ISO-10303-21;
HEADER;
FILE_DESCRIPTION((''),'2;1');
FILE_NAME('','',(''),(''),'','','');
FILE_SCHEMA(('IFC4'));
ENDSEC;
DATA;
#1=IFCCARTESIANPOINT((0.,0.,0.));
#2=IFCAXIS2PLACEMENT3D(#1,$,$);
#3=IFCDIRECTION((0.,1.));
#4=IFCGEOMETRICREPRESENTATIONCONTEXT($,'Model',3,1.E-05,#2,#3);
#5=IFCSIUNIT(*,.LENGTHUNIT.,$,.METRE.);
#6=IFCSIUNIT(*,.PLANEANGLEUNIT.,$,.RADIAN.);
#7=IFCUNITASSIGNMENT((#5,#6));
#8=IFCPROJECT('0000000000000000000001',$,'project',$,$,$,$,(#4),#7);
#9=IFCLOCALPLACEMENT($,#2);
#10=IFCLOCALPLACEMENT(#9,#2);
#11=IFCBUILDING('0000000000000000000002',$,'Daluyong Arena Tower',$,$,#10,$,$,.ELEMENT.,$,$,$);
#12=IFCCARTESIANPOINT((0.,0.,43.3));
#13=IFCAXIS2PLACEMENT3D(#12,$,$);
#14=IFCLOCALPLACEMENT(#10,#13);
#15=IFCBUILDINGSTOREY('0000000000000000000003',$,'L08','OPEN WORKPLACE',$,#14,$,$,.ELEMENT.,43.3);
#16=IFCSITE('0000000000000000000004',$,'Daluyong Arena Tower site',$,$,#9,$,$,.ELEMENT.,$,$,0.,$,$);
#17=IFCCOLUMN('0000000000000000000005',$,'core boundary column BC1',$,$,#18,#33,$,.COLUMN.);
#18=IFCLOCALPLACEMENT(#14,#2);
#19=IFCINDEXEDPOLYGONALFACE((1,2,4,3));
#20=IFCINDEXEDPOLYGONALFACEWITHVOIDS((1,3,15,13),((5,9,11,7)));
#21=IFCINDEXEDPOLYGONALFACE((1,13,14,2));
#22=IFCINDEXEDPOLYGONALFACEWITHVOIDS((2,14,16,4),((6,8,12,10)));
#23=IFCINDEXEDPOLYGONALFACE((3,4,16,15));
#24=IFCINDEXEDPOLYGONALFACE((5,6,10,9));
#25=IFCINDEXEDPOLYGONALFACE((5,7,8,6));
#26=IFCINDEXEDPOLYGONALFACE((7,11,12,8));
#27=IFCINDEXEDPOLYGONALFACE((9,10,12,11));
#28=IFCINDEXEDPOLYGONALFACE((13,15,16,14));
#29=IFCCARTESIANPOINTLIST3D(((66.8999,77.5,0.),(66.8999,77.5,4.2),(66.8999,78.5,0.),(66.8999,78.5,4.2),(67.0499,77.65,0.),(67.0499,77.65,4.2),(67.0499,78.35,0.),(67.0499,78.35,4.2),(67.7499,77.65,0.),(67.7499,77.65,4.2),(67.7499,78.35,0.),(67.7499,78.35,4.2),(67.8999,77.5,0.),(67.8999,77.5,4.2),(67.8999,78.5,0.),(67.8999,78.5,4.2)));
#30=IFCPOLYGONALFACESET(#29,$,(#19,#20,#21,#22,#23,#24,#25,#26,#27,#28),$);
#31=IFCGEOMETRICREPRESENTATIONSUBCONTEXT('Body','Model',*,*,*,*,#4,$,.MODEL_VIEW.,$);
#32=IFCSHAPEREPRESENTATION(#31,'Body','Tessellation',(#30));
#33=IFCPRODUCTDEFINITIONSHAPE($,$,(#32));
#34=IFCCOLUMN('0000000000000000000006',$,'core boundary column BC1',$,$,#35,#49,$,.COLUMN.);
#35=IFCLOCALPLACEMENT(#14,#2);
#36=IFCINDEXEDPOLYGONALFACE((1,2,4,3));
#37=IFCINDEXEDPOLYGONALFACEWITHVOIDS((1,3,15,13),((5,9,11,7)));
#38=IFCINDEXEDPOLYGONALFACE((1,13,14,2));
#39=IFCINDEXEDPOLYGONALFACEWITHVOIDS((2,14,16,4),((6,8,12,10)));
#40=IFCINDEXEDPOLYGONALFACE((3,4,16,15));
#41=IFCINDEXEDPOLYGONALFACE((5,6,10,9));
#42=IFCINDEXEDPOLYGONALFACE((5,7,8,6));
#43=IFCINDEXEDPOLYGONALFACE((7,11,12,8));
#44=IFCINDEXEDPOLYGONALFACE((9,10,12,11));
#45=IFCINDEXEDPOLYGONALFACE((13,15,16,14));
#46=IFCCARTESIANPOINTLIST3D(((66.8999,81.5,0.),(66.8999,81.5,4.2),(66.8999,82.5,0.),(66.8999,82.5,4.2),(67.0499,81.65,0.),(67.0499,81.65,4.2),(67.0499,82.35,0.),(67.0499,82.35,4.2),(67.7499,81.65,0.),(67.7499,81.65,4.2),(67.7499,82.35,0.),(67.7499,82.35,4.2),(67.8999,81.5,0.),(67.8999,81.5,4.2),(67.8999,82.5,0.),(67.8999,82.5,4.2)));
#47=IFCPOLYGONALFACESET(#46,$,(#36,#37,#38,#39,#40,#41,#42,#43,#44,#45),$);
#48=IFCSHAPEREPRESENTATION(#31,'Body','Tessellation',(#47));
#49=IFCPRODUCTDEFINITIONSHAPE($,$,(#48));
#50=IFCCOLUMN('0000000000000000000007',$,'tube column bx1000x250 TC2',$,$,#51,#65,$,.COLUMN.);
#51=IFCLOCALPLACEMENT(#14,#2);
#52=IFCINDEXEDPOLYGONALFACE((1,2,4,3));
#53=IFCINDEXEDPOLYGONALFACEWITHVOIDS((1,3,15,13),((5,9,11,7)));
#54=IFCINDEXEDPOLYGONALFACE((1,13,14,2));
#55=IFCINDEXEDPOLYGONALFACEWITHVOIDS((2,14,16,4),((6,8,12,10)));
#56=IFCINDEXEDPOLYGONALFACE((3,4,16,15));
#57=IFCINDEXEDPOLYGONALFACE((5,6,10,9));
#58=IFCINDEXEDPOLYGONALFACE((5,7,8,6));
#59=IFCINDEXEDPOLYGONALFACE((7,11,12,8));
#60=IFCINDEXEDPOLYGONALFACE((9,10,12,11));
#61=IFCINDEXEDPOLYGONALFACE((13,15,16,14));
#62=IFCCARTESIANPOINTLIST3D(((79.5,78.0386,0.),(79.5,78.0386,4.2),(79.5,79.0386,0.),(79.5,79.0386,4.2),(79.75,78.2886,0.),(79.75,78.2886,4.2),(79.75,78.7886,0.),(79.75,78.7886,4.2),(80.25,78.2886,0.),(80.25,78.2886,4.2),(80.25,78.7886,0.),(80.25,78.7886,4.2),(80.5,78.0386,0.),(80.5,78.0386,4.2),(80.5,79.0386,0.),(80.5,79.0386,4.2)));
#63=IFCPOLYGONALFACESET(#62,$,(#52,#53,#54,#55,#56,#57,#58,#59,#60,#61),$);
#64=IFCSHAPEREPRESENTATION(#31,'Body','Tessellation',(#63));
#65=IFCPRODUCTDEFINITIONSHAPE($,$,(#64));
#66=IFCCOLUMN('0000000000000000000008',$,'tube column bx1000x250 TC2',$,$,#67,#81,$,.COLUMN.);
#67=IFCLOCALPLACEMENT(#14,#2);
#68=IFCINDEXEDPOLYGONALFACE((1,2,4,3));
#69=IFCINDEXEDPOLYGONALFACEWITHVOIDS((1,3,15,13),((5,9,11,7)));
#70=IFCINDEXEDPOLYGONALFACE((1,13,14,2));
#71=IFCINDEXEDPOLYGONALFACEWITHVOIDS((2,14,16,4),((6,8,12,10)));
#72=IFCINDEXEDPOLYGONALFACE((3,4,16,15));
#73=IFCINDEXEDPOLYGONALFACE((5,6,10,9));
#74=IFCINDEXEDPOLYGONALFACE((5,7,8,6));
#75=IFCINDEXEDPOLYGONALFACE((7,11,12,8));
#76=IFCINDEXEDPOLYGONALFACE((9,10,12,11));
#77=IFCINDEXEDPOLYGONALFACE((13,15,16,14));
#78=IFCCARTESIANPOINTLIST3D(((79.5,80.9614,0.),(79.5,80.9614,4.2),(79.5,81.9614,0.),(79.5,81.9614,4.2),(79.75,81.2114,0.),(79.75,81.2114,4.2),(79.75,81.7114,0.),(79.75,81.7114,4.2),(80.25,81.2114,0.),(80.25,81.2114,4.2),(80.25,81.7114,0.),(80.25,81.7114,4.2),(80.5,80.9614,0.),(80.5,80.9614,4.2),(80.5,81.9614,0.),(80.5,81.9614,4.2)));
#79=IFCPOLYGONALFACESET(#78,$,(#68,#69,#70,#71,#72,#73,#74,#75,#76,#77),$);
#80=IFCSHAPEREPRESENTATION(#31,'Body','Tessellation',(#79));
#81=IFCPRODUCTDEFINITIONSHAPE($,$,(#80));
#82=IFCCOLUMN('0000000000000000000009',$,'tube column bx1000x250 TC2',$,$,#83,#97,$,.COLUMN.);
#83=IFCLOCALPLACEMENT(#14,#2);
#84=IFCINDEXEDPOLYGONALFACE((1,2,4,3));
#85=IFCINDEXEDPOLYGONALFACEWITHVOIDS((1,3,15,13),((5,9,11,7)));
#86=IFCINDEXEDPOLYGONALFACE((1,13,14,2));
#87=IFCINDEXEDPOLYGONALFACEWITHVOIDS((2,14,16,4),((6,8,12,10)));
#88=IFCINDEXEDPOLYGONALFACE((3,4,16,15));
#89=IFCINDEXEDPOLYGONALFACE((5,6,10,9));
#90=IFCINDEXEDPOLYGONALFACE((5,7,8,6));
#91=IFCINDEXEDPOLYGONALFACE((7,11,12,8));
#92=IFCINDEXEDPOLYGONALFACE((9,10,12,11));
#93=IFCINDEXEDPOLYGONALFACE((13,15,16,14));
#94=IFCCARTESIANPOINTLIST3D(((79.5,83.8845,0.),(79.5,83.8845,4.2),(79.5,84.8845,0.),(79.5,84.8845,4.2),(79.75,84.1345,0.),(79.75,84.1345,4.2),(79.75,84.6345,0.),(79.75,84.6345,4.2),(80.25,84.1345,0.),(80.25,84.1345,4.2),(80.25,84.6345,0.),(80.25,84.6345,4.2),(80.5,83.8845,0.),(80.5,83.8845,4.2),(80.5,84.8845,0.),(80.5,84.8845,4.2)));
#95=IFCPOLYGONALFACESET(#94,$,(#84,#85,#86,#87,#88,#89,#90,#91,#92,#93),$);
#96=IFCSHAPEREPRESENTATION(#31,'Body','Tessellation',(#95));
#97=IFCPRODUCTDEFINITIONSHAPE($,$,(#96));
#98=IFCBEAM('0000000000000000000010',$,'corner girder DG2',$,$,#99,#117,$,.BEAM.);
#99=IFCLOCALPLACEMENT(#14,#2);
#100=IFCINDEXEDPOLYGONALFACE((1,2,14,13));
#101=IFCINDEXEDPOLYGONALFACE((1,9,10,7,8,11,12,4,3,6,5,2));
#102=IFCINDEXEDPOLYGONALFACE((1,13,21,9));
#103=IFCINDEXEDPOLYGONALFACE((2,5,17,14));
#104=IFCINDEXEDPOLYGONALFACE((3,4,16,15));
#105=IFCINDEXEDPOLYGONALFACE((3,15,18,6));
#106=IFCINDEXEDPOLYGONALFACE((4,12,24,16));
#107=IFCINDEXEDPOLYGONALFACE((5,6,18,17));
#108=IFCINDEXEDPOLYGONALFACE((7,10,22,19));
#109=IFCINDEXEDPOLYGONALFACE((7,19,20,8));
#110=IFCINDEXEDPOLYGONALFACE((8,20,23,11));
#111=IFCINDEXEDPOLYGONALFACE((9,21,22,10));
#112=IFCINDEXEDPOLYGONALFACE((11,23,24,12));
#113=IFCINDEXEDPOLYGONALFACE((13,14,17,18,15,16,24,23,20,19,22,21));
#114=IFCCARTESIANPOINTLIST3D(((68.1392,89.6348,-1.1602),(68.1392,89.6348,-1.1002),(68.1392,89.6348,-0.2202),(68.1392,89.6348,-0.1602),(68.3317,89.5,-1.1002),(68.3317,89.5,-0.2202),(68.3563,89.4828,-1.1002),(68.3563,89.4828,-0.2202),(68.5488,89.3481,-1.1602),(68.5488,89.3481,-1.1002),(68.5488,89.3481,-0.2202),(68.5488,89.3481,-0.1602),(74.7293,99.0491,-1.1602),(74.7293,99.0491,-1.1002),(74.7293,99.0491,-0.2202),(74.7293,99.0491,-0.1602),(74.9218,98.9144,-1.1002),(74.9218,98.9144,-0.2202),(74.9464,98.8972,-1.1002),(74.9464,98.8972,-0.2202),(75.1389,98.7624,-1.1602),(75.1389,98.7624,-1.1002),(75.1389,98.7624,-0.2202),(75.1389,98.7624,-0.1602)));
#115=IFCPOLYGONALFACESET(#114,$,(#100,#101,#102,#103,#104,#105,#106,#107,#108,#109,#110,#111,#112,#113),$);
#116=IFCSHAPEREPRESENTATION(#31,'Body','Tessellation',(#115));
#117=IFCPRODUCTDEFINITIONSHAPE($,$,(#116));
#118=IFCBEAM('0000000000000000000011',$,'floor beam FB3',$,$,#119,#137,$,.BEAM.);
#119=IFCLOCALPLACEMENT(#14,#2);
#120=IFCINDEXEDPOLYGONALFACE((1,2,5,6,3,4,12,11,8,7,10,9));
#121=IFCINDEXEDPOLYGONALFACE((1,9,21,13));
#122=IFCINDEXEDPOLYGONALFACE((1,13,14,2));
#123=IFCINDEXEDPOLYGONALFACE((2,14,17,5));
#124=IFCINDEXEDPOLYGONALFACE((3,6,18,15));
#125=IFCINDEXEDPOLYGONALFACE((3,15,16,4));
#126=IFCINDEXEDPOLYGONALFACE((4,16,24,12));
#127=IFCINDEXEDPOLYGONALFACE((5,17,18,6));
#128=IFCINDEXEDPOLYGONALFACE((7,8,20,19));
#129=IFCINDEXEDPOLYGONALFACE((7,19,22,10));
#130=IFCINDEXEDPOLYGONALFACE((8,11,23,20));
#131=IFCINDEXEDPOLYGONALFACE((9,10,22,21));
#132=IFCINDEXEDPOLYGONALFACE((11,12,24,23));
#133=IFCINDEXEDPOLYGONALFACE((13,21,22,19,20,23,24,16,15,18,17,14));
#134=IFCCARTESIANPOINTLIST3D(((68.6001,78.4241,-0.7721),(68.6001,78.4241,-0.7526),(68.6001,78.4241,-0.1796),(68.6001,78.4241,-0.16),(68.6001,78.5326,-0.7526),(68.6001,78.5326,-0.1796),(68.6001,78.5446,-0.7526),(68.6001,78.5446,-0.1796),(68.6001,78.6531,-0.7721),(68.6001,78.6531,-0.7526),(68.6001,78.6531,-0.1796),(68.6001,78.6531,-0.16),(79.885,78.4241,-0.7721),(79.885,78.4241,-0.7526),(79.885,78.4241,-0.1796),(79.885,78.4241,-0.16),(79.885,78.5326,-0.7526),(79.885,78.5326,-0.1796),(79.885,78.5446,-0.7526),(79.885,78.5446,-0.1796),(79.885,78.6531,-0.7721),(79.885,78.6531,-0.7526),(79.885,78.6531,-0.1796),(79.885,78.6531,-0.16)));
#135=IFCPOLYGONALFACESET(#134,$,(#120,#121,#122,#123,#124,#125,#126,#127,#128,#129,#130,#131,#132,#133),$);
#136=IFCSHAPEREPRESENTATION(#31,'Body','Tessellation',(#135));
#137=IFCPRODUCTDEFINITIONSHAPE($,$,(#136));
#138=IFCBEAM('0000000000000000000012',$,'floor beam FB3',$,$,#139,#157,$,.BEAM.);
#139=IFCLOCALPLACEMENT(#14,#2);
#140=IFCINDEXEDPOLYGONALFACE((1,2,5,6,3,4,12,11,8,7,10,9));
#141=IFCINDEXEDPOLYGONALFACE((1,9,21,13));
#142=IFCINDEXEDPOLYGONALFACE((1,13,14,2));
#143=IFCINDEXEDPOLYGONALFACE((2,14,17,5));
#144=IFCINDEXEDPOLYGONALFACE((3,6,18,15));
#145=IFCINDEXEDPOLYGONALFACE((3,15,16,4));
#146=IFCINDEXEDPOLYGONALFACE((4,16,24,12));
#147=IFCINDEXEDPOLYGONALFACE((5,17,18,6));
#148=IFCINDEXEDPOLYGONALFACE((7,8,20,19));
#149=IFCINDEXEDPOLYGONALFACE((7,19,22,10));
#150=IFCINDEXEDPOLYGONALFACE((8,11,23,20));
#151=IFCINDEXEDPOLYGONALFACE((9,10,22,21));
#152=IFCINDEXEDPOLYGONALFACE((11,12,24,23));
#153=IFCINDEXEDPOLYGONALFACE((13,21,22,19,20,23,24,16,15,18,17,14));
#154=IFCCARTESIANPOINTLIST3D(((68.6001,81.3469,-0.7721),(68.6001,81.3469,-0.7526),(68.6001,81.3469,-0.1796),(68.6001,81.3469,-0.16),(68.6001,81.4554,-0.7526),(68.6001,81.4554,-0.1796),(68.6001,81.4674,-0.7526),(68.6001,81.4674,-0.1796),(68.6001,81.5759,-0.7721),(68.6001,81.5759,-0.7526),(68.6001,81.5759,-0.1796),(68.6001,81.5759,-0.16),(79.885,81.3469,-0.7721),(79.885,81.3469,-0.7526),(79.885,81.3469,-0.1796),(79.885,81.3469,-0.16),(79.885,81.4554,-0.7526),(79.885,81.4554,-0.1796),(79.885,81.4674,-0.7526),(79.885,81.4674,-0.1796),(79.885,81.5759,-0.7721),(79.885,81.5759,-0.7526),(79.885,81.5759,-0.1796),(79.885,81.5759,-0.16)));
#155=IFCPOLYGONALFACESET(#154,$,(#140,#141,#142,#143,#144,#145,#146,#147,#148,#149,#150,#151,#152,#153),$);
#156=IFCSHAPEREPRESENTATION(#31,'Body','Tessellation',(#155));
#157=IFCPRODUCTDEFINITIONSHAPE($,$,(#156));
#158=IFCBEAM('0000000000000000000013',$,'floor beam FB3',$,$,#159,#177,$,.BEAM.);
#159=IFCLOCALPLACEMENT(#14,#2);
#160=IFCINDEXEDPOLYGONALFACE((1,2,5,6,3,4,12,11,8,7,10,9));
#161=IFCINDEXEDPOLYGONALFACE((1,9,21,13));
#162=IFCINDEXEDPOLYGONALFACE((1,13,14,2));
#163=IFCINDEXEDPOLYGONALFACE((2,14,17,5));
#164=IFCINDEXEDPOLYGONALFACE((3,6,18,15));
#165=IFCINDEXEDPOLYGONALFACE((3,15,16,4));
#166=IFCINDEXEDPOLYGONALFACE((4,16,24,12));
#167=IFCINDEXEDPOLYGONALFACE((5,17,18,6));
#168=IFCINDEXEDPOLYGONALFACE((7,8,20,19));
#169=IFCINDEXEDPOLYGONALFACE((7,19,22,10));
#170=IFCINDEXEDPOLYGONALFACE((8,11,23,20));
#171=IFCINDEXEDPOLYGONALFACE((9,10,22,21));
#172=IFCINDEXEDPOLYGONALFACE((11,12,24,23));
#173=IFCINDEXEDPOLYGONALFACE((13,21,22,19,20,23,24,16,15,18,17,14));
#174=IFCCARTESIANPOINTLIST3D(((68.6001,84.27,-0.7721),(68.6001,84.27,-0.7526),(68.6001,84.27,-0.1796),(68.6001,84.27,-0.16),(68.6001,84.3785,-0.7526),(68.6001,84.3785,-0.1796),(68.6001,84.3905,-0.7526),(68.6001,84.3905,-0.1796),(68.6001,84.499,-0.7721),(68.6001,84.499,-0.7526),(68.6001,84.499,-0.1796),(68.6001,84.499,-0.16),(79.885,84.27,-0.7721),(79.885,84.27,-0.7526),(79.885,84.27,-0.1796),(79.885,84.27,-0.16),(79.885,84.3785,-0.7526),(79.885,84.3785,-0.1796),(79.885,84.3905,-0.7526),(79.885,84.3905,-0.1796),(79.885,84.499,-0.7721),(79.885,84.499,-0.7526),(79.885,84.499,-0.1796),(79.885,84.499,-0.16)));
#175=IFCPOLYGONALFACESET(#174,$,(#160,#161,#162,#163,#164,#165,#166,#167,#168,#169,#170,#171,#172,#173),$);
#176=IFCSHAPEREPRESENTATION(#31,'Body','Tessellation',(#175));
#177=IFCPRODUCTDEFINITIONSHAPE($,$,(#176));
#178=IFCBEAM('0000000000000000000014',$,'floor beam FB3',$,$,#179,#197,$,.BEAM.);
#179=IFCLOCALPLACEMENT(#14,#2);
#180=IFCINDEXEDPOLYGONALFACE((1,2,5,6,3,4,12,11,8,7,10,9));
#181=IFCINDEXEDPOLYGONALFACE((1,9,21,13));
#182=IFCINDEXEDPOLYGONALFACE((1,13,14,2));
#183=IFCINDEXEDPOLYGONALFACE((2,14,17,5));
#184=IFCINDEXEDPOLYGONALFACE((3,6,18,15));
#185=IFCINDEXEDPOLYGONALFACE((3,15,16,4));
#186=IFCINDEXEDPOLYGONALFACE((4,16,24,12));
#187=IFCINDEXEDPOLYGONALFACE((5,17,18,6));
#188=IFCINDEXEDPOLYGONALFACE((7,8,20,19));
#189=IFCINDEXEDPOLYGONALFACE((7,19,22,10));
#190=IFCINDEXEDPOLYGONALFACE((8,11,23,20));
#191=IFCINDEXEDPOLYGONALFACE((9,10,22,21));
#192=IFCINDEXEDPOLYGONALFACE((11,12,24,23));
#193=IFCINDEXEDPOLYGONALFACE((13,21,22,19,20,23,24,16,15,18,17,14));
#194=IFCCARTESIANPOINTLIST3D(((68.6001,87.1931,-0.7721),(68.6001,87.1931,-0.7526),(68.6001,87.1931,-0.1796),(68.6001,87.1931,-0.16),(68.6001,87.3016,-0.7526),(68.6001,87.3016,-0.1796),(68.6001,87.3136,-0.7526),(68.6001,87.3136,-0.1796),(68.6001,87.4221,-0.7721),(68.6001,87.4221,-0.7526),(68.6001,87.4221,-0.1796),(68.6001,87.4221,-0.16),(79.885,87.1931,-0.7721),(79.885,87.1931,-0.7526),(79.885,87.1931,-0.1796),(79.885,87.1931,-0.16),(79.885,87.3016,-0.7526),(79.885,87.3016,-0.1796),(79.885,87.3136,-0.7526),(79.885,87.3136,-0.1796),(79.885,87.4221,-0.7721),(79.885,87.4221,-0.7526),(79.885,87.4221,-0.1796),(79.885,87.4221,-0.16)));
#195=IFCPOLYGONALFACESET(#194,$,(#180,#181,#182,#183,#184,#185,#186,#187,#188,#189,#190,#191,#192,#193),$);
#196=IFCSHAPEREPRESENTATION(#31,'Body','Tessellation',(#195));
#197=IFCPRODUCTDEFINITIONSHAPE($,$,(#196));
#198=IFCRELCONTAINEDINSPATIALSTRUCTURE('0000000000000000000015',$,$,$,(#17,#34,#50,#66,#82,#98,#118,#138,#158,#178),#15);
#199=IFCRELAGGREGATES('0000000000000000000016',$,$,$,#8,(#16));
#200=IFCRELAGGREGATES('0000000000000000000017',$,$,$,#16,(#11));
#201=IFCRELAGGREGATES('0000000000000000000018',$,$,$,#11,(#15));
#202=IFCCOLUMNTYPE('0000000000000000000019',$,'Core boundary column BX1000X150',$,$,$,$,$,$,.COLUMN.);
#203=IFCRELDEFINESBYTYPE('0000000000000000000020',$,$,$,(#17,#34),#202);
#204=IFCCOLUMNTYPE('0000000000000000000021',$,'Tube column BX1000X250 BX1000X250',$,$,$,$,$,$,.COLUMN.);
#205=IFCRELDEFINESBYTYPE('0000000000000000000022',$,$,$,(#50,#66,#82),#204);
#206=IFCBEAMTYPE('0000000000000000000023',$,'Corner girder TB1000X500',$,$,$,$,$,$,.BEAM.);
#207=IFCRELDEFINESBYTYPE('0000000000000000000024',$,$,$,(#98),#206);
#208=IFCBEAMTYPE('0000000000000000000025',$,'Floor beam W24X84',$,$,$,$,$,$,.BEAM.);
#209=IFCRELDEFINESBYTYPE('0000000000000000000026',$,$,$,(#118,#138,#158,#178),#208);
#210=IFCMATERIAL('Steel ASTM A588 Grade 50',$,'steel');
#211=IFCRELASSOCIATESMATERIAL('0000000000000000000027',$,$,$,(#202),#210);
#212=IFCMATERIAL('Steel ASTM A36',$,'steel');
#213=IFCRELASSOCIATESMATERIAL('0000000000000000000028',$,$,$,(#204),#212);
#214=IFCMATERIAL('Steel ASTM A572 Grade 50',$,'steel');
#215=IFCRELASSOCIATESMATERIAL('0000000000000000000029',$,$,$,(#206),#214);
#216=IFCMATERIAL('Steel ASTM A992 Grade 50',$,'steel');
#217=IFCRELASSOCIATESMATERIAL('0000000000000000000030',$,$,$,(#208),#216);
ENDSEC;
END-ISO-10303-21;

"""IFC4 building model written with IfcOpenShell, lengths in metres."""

from ifc_helpers import new_model, si_unit, direction, frame, origin, origin_2d, place, context, subcontext, project, spatial, hollow_rectangle, i_section, extrude, material, material_profile, profile_set, type_object, element, save


model = new_model("IFC4")

# Units and contexts
model_context = context("Model", 3, precision=1e-05, world=origin(), true_north=direction((0.0, 1.0)))
body_context = subcontext(model_context, "Body", "Model", "MODEL_VIEW")
ifc_project = project(units=[si_unit("LENGTHUNIT", "METRE"), si_unit("PLANEANGLEUNIT", "RADIAN")], contexts=[model_context])

# Site, building, storey
site_placement = place(None, origin())
site = spatial("IfcSite", under=ifc_project, at=site_placement, Name="Daluyong Arena Tower site", CompositionType="ELEMENT", RefElevation=0.0)
building_placement = place(site_placement, origin())
building = spatial("IfcBuilding", under=site, at=building_placement, Name="Daluyong Arena Tower", CompositionType="ELEMENT")
storey_placement = place(building_placement, frame((0.0, 0.0, 43.3)))
storey = spatial("IfcBuildingStorey", under=building, at=storey_placement, Name="L08", Description="OPEN WORKPLACE", CompositionType="ELEMENT", Elevation=43.3)

# Columns
ifc_material_1 = material(Name="Steel ASTM A588 Grade 50", Category="steel")
ifc_material_profile_1 = material_profile(ifc_material_1, hollow_rectangle(XDim=1.0, YDim=1.0, WallThickness=0.15, at=origin_2d()))
ifc_profile_set_1 = profile_set([ifc_material_profile_1], Name="Steel ASTM A588 Grade 50")
column_type_1 = type_object("IfcColumnType", Name="Core boundary column BX1000X150", PredefinedType="COLUMN", material=ifc_profile_set_1)
for number, where, z_axis, x_axis, name in (
    (1, (67.3999, 78.0, 0.0), (0.0, 0.0, 1.0), (1.0, 0.0, 0.0), "core boundary column BC1"),
    (2, (67.3999, 82.0, 0.0), (0.0, 0.0, 1.0), (1.0, 0.0, 0.0), "core boundary column BC1"),
):
    element("IfcColumn", number, at=place(storey_placement, frame(where, z_axis=z_axis, x_axis=x_axis)), inside=storey, type_object=column_type_1, Name=name, PredefinedType="COLUMN", context=body_context, shape_type="SweptSolid", body=[
        extrude(hollow_rectangle(XDim=1.0, YDim=1.0, WallThickness=0.15, at=origin_2d()), origin(), (0.0, 0.0, 1.0), 4.2),
    ])
ifc_material_2 = material(Name="Steel ASTM A36", Category="steel")
ifc_material_profile_2 = material_profile(ifc_material_2, hollow_rectangle(XDim=1.0, YDim=1.0, WallThickness=0.25, at=origin_2d()))
ifc_profile_set_2 = profile_set([ifc_material_profile_2], Name="Steel ASTM A36")
column_type_2 = type_object("IfcColumnType", Name="Tube column BX1000X250 BX1000X250", PredefinedType="COLUMN", material=ifc_profile_set_2)
for number, where, z_axis, x_axis, name in (
    (3, (80.0, 78.5386, 0.0), (0.0, 0.0, 1.0), (0.0, 1.0, 0.0), "tube column bx1000x250 TC2"),
    (4, (80.0, 81.4614, 0.0), (0.0, 0.0, 1.0), (0.0, 1.0, 0.0), "tube column bx1000x250 TC2"),
    (5, (80.0, 84.3845, 0.0), (0.0, 0.0, 1.0), (0.0, 1.0, 0.0), "tube column bx1000x250 TC2"),
):
    element("IfcColumn", number, at=place(storey_placement, frame(where, z_axis=z_axis, x_axis=x_axis)), inside=storey, type_object=column_type_2, Name=name, PredefinedType="COLUMN", context=body_context, shape_type="SweptSolid", body=[
        extrude(hollow_rectangle(XDim=1.0, YDim=1.0, WallThickness=0.25, at=origin_2d()), origin(), (0.0, 0.0, 1.0), 4.2),
    ])

# Beams
ifc_material_3 = material(Name="Steel ASTM A572 Grade 50", Category="steel")
ifc_material_profile_3 = material_profile(ifc_material_3, i_section(OverallWidth=0.5, OverallDepth=1.0, WebThickness=0.03, FlangeThickness=0.06, at=origin_2d()))
ifc_profile_set_3 = profile_set([ifc_material_profile_3], Name="Steel ASTM A572 Grade 50")
beam_type_1 = type_object("IfcBeamType", Name="Corner girder TB1000X500", PredefinedType="BEAM", material=ifc_profile_set_3)
beam_1_placement = place(storey_placement, frame((74.9341, 98.9058, -0.6602), z_axis=(-0.573467, -0.819229, 0.0), x_axis=(0.819229, -0.573467, 0.0)))
element("IfcBeam", 6, at=beam_1_placement, inside=storey, type_object=beam_type_1, Name="corner girder DG2", PredefinedType="BEAM", context=body_context, shape_type="SweptSolid", body=[
    extrude(i_section(OverallWidth=0.5, OverallDepth=1.0, WebThickness=0.03, FlangeThickness=0.06, at=origin_2d()), origin(), (0.0, 0.0, 1.0), 11.4917),
])
ifc_material_4 = material(Name="Steel ASTM A992 Grade 50", Category="steel")
ifc_material_profile_4 = material_profile(ifc_material_4, i_section(OverallWidth=0.229, OverallDepth=0.6121, WebThickness=0.012, FlangeThickness=0.0195, at=origin_2d()))
ifc_profile_set_4 = profile_set([ifc_material_profile_4], Name="Steel ASTM A992 Grade 50")
beam_type_2 = type_object("IfcBeamType", Name="Floor beam W24X84", PredefinedType="BEAM", material=ifc_profile_set_4)
for number, where, z_axis, x_axis, name in (
    (7, (79.885, 78.5386, -0.4661), (-1.0, 0.0, 0.0), (0.0, -1.0, 0.0), "floor beam FB3"),
    (8, (79.885, 81.4614, -0.4661), (-1.0, 0.0, 0.0), (0.0, -1.0, 0.0), "floor beam FB3"),
    (9, (79.885, 84.3845, -0.4661), (-1.0, 0.0, 0.0), (0.0, -1.0, 0.0), "floor beam FB3"),
    (10, (79.885, 87.3076, -0.4661), (-1.0, 0.0, 0.0), (0.0, -1.0, 0.0), "floor beam FB3"),
):
    element("IfcBeam", number, at=place(storey_placement, frame(where, z_axis=z_axis, x_axis=x_axis)), inside=storey, type_object=beam_type_2, Name=name, PredefinedType="BEAM", context=body_context, shape_type="SweptSolid", body=[
        extrude(i_section(OverallWidth=0.229, OverallDepth=0.6121, WebThickness=0.012, FlangeThickness=0.0195, at=origin_2d()), origin(), (0.0, 0.0, 1.0), 11.2849),
    ])

save(model, "model.ifc")
